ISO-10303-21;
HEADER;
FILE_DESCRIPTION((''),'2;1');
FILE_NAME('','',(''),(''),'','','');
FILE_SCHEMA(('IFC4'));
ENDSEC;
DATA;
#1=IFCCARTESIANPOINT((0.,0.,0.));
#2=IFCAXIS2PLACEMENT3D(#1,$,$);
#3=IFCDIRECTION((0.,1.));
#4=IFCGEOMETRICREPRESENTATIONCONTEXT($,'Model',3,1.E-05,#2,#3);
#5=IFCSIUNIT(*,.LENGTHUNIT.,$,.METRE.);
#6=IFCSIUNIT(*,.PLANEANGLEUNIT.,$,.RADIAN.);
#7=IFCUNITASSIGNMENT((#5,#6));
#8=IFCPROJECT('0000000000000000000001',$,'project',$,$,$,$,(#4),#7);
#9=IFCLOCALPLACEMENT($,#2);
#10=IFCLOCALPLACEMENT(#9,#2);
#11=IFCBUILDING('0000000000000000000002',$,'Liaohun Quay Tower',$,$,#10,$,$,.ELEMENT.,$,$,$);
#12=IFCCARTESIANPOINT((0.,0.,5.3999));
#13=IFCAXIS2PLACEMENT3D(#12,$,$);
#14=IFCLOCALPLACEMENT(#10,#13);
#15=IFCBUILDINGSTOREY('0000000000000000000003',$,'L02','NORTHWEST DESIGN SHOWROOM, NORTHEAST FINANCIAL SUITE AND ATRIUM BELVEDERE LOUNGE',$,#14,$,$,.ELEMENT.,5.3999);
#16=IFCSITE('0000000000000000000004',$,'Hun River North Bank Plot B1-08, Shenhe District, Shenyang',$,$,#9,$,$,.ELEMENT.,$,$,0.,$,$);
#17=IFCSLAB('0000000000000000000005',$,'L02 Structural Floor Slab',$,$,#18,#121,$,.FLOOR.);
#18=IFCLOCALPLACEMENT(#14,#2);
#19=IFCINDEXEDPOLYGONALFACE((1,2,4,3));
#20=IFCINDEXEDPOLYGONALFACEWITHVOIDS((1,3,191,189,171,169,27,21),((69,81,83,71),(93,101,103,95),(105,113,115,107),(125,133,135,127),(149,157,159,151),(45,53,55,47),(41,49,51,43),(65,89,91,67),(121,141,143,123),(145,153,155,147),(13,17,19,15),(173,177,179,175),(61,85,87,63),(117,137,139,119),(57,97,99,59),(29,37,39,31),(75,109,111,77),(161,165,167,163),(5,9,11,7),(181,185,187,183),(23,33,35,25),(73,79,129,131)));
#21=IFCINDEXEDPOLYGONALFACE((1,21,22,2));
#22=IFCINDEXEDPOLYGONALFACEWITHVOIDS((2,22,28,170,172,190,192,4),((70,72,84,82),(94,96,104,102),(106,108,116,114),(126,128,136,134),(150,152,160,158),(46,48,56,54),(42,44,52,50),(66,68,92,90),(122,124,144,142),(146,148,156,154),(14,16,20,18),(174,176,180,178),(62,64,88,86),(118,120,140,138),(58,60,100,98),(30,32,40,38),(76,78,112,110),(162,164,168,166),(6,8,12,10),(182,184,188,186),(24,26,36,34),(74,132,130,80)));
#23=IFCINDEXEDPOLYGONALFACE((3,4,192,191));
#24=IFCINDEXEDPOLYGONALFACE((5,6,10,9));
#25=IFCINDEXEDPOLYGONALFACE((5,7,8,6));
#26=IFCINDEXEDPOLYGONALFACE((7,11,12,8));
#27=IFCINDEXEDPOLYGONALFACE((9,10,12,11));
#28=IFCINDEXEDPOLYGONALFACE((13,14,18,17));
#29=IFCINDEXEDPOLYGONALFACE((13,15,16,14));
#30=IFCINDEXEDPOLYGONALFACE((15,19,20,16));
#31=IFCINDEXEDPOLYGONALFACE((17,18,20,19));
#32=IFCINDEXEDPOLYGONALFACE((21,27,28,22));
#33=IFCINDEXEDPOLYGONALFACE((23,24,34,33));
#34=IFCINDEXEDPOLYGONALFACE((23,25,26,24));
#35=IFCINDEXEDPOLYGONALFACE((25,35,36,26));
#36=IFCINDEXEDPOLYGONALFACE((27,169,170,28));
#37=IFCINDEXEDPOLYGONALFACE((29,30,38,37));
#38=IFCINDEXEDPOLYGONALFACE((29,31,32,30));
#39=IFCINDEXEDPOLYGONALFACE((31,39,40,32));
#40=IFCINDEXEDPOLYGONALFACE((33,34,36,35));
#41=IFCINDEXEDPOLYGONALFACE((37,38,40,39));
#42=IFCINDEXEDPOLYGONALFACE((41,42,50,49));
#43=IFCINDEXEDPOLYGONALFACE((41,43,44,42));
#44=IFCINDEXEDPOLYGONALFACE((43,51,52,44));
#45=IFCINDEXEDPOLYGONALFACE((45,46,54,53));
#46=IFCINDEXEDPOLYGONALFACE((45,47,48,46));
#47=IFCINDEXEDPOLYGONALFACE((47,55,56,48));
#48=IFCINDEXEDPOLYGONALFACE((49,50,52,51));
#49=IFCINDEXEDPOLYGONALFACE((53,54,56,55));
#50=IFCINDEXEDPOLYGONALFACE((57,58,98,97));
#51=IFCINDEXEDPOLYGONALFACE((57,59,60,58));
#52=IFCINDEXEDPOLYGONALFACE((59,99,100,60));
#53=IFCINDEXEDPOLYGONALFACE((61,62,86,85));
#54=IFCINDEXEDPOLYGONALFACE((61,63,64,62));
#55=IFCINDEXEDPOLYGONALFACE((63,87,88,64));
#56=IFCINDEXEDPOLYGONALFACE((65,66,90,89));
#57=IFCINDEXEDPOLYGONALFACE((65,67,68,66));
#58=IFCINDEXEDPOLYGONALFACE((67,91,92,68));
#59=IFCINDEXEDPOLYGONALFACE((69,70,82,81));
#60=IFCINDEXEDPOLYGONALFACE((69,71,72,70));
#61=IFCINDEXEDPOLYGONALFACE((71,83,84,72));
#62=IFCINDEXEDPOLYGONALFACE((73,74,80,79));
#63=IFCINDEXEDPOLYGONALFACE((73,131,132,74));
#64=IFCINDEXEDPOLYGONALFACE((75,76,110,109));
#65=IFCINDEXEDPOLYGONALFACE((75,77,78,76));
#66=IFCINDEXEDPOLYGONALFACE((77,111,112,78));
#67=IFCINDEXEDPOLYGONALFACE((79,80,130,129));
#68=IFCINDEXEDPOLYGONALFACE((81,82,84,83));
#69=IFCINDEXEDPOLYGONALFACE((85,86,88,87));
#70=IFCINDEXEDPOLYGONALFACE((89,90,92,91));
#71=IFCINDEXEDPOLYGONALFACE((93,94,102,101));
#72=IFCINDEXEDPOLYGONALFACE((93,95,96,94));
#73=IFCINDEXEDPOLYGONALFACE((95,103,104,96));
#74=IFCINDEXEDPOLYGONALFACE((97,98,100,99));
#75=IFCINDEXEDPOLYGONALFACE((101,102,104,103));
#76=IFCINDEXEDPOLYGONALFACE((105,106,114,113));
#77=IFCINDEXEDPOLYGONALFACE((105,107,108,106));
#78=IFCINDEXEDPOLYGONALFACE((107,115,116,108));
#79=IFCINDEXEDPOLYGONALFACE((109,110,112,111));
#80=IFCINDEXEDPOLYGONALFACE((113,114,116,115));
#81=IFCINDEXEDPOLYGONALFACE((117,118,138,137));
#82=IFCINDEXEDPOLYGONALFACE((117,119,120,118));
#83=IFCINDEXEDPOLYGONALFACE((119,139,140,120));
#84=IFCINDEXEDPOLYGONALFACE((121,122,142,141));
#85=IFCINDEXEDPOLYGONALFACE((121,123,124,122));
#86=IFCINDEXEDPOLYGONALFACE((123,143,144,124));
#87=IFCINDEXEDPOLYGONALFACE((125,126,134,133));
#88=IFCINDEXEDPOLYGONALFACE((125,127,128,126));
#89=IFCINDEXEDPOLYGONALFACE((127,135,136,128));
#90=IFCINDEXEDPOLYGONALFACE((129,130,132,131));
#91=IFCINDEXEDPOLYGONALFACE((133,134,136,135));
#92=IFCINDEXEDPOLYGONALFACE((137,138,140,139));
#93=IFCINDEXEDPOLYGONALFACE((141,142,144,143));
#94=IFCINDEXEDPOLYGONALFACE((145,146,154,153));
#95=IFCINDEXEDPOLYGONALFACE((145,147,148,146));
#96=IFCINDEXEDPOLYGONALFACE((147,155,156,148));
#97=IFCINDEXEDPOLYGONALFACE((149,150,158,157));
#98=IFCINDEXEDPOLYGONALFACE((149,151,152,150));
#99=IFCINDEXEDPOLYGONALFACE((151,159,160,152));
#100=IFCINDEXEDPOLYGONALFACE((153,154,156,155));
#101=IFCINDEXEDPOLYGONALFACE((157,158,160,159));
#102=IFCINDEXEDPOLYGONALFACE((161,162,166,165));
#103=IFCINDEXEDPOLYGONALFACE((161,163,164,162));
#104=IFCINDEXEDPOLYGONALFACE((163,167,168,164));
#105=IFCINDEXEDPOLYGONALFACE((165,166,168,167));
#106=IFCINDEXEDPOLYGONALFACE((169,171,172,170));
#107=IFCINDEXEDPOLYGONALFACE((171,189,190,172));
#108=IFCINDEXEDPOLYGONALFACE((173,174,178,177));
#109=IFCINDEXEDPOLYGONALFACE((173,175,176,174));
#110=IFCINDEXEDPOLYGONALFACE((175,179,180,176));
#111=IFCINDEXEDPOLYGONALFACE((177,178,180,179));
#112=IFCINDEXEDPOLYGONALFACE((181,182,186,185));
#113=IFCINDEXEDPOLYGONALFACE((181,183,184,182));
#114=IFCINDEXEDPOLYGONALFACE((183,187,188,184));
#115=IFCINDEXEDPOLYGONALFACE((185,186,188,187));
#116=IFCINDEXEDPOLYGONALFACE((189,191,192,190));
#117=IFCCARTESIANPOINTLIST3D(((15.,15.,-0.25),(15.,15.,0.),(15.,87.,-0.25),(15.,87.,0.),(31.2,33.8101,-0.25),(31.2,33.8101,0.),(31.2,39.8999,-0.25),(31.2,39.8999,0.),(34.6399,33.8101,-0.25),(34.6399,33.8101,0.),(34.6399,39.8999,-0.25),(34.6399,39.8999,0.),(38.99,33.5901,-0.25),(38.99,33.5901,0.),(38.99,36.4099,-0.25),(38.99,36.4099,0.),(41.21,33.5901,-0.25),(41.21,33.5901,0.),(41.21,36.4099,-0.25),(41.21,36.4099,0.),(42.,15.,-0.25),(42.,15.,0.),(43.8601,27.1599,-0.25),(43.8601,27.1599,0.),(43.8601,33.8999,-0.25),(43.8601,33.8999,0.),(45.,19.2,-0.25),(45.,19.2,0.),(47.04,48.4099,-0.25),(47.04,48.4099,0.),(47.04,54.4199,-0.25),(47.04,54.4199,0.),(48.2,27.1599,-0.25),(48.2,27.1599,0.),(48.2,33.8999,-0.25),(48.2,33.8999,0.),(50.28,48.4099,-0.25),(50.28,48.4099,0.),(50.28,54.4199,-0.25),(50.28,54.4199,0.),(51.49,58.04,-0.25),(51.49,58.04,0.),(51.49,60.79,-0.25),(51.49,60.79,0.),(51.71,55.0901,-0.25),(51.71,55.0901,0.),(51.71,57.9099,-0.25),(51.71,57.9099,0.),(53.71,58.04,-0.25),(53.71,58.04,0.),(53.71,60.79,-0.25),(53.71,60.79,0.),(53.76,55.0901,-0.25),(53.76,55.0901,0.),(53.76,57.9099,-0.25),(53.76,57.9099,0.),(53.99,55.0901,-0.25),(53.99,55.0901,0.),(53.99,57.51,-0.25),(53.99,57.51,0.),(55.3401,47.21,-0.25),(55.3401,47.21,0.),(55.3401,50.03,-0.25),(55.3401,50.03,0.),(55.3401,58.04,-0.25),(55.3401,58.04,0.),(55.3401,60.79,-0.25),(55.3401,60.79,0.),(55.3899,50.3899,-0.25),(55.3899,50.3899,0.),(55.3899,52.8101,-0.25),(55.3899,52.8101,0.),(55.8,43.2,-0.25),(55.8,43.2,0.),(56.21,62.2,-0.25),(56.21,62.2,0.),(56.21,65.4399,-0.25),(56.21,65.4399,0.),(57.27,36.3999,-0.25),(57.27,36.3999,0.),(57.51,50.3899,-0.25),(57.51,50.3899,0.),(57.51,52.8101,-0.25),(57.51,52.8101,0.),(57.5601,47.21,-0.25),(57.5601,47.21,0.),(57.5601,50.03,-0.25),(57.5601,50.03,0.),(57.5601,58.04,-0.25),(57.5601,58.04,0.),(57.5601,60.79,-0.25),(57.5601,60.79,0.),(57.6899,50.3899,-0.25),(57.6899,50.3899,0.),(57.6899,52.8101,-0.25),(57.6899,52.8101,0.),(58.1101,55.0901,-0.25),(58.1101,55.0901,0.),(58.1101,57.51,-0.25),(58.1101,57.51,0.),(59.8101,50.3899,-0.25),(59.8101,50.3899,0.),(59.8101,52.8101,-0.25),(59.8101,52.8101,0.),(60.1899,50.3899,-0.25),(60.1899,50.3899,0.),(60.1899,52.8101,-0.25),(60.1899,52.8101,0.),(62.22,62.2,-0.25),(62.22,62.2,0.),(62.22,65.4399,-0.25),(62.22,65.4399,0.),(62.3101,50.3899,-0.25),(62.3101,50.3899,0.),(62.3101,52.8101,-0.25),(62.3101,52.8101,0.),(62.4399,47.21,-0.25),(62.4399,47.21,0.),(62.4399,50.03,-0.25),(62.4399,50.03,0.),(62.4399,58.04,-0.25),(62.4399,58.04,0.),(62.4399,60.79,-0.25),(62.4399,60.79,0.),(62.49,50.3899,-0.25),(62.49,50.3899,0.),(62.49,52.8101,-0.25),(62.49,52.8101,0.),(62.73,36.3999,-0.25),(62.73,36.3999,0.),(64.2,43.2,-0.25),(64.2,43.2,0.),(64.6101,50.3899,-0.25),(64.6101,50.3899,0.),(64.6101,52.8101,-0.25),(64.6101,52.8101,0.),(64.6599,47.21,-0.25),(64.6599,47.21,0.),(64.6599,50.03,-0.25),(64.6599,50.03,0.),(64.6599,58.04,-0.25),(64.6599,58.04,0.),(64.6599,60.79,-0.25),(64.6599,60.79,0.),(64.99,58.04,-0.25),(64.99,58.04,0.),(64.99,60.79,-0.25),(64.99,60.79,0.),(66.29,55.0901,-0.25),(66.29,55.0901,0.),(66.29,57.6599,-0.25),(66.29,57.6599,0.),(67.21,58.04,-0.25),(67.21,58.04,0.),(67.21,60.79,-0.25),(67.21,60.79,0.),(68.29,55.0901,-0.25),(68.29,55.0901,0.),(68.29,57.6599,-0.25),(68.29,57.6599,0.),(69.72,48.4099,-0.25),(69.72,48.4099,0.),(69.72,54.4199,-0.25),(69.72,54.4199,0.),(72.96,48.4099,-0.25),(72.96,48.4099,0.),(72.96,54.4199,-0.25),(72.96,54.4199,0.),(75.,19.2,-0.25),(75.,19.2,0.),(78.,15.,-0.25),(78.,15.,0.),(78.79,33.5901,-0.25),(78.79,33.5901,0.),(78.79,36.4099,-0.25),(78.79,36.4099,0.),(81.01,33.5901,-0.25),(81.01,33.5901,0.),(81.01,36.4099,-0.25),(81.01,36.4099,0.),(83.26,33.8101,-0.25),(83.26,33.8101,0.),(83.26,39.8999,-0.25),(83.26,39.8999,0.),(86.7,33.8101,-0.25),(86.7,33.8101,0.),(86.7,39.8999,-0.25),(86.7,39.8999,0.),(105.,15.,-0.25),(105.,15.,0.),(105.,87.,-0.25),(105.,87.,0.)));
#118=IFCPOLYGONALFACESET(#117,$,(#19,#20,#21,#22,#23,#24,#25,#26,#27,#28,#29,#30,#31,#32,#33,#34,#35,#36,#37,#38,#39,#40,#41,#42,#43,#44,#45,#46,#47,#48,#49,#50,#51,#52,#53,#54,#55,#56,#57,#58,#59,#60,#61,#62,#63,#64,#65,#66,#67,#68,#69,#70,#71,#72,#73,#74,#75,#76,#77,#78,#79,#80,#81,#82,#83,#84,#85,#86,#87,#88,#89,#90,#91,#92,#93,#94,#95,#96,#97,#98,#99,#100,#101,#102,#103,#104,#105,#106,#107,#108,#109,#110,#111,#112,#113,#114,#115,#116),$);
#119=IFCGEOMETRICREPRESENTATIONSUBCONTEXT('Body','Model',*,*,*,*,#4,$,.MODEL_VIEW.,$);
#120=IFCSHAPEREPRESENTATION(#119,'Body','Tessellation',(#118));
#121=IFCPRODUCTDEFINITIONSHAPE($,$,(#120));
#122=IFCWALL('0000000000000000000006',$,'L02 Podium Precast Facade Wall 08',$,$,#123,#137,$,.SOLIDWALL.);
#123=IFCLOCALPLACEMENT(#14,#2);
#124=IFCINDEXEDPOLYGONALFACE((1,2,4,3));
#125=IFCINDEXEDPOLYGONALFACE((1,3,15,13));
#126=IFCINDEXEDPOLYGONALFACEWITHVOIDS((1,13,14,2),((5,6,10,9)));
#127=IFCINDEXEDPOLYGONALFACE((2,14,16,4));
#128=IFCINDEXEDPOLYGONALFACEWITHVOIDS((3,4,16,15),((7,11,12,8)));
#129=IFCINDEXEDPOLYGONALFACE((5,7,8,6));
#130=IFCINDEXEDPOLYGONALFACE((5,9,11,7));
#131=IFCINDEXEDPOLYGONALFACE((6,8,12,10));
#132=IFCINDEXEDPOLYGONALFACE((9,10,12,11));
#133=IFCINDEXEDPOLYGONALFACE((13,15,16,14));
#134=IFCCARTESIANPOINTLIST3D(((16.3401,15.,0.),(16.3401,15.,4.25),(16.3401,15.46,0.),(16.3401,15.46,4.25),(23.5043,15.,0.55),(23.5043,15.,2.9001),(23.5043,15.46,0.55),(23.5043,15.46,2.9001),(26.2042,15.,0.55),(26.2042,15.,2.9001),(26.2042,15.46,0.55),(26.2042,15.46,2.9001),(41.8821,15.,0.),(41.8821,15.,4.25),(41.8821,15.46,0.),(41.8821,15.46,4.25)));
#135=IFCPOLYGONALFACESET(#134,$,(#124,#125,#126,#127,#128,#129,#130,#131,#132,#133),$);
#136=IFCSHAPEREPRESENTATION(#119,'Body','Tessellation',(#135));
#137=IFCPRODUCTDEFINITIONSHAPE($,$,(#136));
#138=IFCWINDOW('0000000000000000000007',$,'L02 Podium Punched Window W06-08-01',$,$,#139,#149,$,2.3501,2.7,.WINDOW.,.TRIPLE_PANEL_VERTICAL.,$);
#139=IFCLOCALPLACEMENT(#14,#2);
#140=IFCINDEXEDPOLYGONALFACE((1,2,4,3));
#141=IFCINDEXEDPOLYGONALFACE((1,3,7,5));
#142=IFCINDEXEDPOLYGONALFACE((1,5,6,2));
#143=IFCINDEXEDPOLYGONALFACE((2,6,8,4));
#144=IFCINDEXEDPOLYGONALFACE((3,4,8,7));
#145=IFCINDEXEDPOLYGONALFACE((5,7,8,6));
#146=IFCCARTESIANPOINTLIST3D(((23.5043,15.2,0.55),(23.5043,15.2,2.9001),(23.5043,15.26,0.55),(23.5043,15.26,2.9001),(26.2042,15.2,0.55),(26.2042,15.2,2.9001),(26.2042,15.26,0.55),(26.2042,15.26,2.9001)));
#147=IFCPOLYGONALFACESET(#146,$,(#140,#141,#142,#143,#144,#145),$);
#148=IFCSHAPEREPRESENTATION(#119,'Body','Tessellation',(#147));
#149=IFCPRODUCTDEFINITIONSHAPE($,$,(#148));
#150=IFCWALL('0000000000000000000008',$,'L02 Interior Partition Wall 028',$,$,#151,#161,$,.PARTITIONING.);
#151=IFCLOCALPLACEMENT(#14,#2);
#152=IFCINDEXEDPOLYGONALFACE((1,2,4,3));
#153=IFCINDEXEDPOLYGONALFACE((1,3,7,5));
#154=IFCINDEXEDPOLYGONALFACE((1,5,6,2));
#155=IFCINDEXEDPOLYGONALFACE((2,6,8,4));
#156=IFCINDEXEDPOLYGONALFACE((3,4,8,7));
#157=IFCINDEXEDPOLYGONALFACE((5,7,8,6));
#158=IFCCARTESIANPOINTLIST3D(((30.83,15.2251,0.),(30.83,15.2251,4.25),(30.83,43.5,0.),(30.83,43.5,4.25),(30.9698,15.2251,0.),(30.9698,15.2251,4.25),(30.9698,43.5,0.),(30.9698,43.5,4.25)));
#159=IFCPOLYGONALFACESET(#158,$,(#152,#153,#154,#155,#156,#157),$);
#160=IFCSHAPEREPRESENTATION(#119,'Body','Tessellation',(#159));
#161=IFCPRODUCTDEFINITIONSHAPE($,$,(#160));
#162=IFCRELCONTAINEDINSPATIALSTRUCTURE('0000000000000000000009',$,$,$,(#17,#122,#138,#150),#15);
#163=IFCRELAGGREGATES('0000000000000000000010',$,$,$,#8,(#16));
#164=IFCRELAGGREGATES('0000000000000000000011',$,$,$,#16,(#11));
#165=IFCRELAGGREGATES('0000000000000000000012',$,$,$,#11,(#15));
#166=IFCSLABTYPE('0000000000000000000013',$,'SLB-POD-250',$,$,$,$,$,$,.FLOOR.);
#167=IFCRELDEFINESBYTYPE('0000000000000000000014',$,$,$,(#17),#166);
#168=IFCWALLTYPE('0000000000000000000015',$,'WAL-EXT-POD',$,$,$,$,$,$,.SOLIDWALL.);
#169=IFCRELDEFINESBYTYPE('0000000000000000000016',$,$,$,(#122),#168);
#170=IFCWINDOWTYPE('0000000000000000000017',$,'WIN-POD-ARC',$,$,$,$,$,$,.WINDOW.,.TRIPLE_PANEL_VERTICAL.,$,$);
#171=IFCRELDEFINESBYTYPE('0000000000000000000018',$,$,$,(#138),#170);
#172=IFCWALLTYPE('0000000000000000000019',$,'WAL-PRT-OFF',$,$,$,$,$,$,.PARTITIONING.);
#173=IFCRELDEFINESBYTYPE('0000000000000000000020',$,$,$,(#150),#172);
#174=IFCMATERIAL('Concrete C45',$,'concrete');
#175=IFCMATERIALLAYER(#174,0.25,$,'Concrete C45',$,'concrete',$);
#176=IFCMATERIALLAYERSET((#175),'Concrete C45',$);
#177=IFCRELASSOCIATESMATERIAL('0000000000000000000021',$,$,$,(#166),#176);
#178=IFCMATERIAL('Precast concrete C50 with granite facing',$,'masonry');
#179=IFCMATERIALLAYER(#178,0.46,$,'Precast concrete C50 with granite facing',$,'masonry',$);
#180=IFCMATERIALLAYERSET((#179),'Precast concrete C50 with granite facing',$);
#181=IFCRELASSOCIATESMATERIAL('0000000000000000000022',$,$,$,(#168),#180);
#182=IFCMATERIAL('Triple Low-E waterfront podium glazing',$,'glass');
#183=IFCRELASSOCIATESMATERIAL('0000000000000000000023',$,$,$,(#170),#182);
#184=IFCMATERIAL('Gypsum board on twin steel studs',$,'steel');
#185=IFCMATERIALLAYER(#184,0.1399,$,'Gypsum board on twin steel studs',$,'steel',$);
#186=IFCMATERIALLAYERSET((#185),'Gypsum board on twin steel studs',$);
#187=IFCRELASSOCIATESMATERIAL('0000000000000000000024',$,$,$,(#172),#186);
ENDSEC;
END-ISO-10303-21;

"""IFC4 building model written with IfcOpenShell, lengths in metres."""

from ifc_helpers import new_model, si_unit, direction, frame, frame_2d, origin, place, context, subcontext, project, spatial, polyline, rectangle, outline, extrude, source, transform, mapped, material, layer, layer_set, type_object, element, fill, save


model = new_model("IFC4")

# Units and contexts
model_context = context("Model", 3, precision=1e-05, world=origin(), true_north=direction((0.0, 1.0)))
body_context = subcontext(model_context, "Body", "Model", "MODEL_VIEW")
ifc_project = project(units=[si_unit("LENGTHUNIT", "METRE"), si_unit("PLANEANGLEUNIT", "RADIAN")], contexts=[model_context])

# Site, building, storey
site_placement = place(None, origin())
site = spatial("IfcSite", under=ifc_project, at=site_placement, Name="Hun River North Bank Plot B1-08, Shenhe District, Shenyang", CompositionType="ELEMENT", RefElevation=0.0)
building_placement = place(site_placement, origin())
building = spatial("IfcBuilding", under=site, at=building_placement, Name="Liaohun Quay Tower", CompositionType="ELEMENT")
storey_placement = place(building_placement, frame((0.0, 0.0, 5.3999)))
storey = spatial("IfcBuildingStorey", under=building, at=storey_placement, Name="L02", Description="NORTHWEST DESIGN SHOWROOM, NORTHEAST FINANCIAL SUITE AND ATRIUM BELVEDERE LOUNGE", CompositionType="ELEMENT", Elevation=5.3999)

# Shared definitions
ifc_material_1 = material(Name="Concrete C45", Category="concrete")

# Slab
ifc_layer_1 = layer(ifc_material_1, 0.25, Name="Concrete C45", Category="concrete")
ifc_layer_set_1 = layer_set([ifc_layer_1], Name="Concrete C45")
slab_type_1 = type_object("IfcSlabType", Name="SLB-POD-250", PredefinedType="FLOOR", material=ifc_layer_set_1)
slab_1_placement = place(storey_placement, frame((0.0, 0.0, -0.25)))
element("IfcSlab", 1, at=slab_1_placement, inside=storey, type_object=slab_type_1, Name="L02 Structural Floor Slab", PredefinedType="FLOOR", context=body_context, shape_type="SweptSolid", body=[
    extrude(outline(polyline([(15.0, 15.0), (42.0, 15.0), (45.0, 19.2), (75.0, 19.2), (78.0, 15.0), (105.0, 15.0), (105.0, 87.0), (15.0, 87.0), (15.0, 15.0)]), holes=[polyline([(48.2, 33.8999), (43.8601, 33.8999), (43.8601, 27.1599), (48.2, 27.1599), (48.2, 33.8999)]), polyline([(41.21, 33.5901), (41.21, 36.4099), (38.99, 36.4099), (38.99, 33.5901), (41.21, 33.5901)]), polyline([(34.6399, 39.8999), (31.2, 39.8999), (31.2, 33.8101), (34.6399, 33.8101), (34.6399, 39.8999)]), polyline([(55.3401, 47.21), (57.5601, 47.21), (57.5601, 50.03), (55.3401, 50.03), (55.3401, 47.21)]), polyline([(50.28, 48.4099), (50.28, 54.4199), (47.04, 54.4199), (47.04, 48.4099), (50.28, 48.4099)]), polyline([(57.51, 50.3899), (57.51, 52.8101), (55.3899, 52.8101), (55.3899, 50.3899), (57.51, 50.3899)]), polyline([(57.6899, 50.3899), (59.8101, 50.3899), (59.8101, 52.8101), (57.6899, 52.8101), (57.6899, 50.3899)]), polyline([(53.99, 55.0901), (58.1101, 55.0901), (58.1101, 57.51), (53.99, 57.51), (53.99, 55.0901)]), polyline([(51.71, 55.0901), (53.76, 55.0901), (53.76, 57.9099), (51.71, 57.9099), (51.71, 55.0901)]), polyline([(51.49, 58.04), (53.71, 58.04), (53.71, 60.79), (51.49, 60.79), (51.49, 58.04)]), polyline([(57.5601, 58.04), (57.5601, 60.79), (55.3401, 60.79), (55.3401, 58.04), (57.5601, 58.04)]), polyline([(78.79, 33.5901), (81.01, 33.5901), (81.01, 36.4099), (78.79, 36.4099), (78.79, 33.5901)]), polyline([(86.7, 33.8101), (86.7, 39.8999), (83.26, 39.8999), (83.26, 33.8101), (86.7, 33.8101)]), polyline([(62.73, 36.3999), (64.2, 43.2), (55.8, 43.2), (57.27, 36.3999), (62.73, 36.3999)]), polyline([(62.4399, 47.21), (64.6599, 47.21), (64.6599, 50.03), (62.4399, 50.03), (62.4399, 47.21)]), polyline([(72.96, 48.4099), (72.96, 54.4199), (69.72, 54.4199), (69.72, 48.4099), (72.96, 48.4099)]), polyline([(62.3101, 50.3899), (62.3101, 52.8101), (60.1899, 52.8101), (60.1899, 50.3899), (62.3101, 50.3899)]), polyline([(62.49, 50.3899), (64.6101, 50.3899), (64.6101, 52.8101), (62.49, 52.8101), (62.49, 50.3899)]), polyline([(66.29, 55.0901), (68.29, 55.0901), (68.29, 57.6599), (66.29, 57.6599), (66.29, 55.0901)]), polyline([(64.6599, 58.04), (64.6599, 60.79), (62.4399, 60.79), (62.4399, 58.04), (64.6599, 58.04)]), polyline([(64.99, 58.04), (67.21, 58.04), (67.21, 60.79), (64.99, 60.79), (64.99, 58.04)]), polyline([(56.21, 62.2), (62.22, 62.2), (62.22, 65.4399), (56.21, 65.4399), (56.21, 62.2)])]), origin(), (0.0, 0.0, 1.0), 0.25),
])

# Wall, opening, window
ifc_material_2 = material(Name="Precast concrete C50 with granite facing", Category="masonry")
ifc_layer_2 = layer(ifc_material_2, 0.46, Name="Precast concrete C50 with granite facing", Category="masonry")
ifc_layer_set_2 = layer_set([ifc_layer_2], Name="Precast concrete C50 with granite facing")
wall_type_1 = type_object("IfcWallType", Name="WAL-EXT-POD", PredefinedType="SOLIDWALL", material=ifc_layer_set_2)
wall_1_placement = place(storey_placement, frame((16.3401, 15.23, 0.0), z_axis=(0.0, 0.0, 1.0), x_axis=(1.0, 0.0, 0.0)))
wall_1 = element("IfcWall", 2, at=wall_1_placement, inside=storey, type_object=wall_type_1, Name="L02 Podium Precast Facade Wall 08", PredefinedType="SOLIDWALL", context=body_context, shape_type="SweptSolid", body=[
    extrude(rectangle(XDim=25.542, YDim=0.46, at=frame_2d((12.771, 0.0))), origin(), (0.0, 0.0, 1.0), 4.25),
])
shared_shape_1 = source(origin(), body_context, "Body", "SweptSolid", [
    extrude(rectangle(XDim=2.7, YDim=2.3501, at=frame_2d((1.3501, 1.175))), frame((0.0, 0.24, 0.0), z_axis=(0.0, -1.0, 0.0), x_axis=(1.0, 0.0, 0.0)), (0.0, 0.0, 1.0), 0.48),
])
opening_1_placement = place(wall_1_placement, frame((7.1641, 0.0, 0.55)))
opening_1 = element("IfcOpeningElement", 3, at=opening_1_placement, cuts=wall_1, PredefinedType="OPENING", context=body_context, shape_type="MappedRepresentation", body=[
    mapped(shared_shape_1, transform((0.0, 0.0, 0.0), x_axis=(1.0, 0.0, 0.0), y_axis=(0.0, 1.0, 0.0), z_axis=(0.0, 0.0, 1.0), scale=1.0)),
])
ifc_material_3 = material(Name="Triple Low-E waterfront podium glazing", Category="glass")
window_type = type_object("IfcWindowType", Name="WIN-POD-ARC", PartitioningType="TRIPLE_PANEL_VERTICAL", PredefinedType="WINDOW", material=ifc_material_3)
shared_shape_2 = source(origin(), body_context, "Body", "SweptSolid", [
    extrude(rectangle(XDim=2.7, YDim=2.3501, at=frame_2d((1.3501, 1.175))), frame((0.0, 0.03, 0.0), z_axis=(0.0, -1.0, 0.0), x_axis=(1.0, 0.0, 0.0)), (0.0, 0.0, 1.0), 0.0601),
])
window_placement = place(opening_1_placement, origin())
window = element("IfcWindow", 4, at=window_placement, inside=storey, type_object=window_type, Name="L02 Podium Punched Window W06-08-01", OverallHeight=2.3501, OverallWidth=2.7, PartitioningType="TRIPLE_PANEL_VERTICAL", PredefinedType="WINDOW", context=body_context, shape_type="MappedRepresentation", body=[
    mapped(shared_shape_2, transform((0.0, 0.0, 0.0), x_axis=(1.0, 0.0, 0.0), y_axis=(0.0, 1.0, 0.0), z_axis=(0.0, 0.0, 1.0), scale=1.0)),
])
fill(opening_1, window)

# Wall
ifc_material_4 = material(Name="Gypsum board on twin steel studs", Category="steel")
ifc_layer_3 = layer(ifc_material_4, 0.1399, Name="Gypsum board on twin steel studs", Category="steel")
ifc_layer_set_3 = layer_set([ifc_layer_3], Name="Gypsum board on twin steel studs")
wall_type_2 = type_object("IfcWallType", Name="WAL-PRT-OFF", PredefinedType="PARTITIONING", material=ifc_layer_set_3)
wall_2_placement = place(storey_placement, frame((30.8999, 15.2251, 0.0), z_axis=(0.0, 0.0, 1.0), x_axis=(0.0, 1.0, 0.0)))
element("IfcWall", 5, at=wall_2_placement, inside=storey, type_object=wall_type_2, Name="L02 Interior Partition Wall 028", PredefinedType="PARTITIONING", context=body_context, shape_type="SweptSolid", body=[
    extrude(rectangle(XDim=28.2749, YDim=0.1399, at=frame_2d((14.1375, 0.0))), origin(), (0.0, 0.0, 1.0), 4.25),
])

save(model, "model.ifc")
